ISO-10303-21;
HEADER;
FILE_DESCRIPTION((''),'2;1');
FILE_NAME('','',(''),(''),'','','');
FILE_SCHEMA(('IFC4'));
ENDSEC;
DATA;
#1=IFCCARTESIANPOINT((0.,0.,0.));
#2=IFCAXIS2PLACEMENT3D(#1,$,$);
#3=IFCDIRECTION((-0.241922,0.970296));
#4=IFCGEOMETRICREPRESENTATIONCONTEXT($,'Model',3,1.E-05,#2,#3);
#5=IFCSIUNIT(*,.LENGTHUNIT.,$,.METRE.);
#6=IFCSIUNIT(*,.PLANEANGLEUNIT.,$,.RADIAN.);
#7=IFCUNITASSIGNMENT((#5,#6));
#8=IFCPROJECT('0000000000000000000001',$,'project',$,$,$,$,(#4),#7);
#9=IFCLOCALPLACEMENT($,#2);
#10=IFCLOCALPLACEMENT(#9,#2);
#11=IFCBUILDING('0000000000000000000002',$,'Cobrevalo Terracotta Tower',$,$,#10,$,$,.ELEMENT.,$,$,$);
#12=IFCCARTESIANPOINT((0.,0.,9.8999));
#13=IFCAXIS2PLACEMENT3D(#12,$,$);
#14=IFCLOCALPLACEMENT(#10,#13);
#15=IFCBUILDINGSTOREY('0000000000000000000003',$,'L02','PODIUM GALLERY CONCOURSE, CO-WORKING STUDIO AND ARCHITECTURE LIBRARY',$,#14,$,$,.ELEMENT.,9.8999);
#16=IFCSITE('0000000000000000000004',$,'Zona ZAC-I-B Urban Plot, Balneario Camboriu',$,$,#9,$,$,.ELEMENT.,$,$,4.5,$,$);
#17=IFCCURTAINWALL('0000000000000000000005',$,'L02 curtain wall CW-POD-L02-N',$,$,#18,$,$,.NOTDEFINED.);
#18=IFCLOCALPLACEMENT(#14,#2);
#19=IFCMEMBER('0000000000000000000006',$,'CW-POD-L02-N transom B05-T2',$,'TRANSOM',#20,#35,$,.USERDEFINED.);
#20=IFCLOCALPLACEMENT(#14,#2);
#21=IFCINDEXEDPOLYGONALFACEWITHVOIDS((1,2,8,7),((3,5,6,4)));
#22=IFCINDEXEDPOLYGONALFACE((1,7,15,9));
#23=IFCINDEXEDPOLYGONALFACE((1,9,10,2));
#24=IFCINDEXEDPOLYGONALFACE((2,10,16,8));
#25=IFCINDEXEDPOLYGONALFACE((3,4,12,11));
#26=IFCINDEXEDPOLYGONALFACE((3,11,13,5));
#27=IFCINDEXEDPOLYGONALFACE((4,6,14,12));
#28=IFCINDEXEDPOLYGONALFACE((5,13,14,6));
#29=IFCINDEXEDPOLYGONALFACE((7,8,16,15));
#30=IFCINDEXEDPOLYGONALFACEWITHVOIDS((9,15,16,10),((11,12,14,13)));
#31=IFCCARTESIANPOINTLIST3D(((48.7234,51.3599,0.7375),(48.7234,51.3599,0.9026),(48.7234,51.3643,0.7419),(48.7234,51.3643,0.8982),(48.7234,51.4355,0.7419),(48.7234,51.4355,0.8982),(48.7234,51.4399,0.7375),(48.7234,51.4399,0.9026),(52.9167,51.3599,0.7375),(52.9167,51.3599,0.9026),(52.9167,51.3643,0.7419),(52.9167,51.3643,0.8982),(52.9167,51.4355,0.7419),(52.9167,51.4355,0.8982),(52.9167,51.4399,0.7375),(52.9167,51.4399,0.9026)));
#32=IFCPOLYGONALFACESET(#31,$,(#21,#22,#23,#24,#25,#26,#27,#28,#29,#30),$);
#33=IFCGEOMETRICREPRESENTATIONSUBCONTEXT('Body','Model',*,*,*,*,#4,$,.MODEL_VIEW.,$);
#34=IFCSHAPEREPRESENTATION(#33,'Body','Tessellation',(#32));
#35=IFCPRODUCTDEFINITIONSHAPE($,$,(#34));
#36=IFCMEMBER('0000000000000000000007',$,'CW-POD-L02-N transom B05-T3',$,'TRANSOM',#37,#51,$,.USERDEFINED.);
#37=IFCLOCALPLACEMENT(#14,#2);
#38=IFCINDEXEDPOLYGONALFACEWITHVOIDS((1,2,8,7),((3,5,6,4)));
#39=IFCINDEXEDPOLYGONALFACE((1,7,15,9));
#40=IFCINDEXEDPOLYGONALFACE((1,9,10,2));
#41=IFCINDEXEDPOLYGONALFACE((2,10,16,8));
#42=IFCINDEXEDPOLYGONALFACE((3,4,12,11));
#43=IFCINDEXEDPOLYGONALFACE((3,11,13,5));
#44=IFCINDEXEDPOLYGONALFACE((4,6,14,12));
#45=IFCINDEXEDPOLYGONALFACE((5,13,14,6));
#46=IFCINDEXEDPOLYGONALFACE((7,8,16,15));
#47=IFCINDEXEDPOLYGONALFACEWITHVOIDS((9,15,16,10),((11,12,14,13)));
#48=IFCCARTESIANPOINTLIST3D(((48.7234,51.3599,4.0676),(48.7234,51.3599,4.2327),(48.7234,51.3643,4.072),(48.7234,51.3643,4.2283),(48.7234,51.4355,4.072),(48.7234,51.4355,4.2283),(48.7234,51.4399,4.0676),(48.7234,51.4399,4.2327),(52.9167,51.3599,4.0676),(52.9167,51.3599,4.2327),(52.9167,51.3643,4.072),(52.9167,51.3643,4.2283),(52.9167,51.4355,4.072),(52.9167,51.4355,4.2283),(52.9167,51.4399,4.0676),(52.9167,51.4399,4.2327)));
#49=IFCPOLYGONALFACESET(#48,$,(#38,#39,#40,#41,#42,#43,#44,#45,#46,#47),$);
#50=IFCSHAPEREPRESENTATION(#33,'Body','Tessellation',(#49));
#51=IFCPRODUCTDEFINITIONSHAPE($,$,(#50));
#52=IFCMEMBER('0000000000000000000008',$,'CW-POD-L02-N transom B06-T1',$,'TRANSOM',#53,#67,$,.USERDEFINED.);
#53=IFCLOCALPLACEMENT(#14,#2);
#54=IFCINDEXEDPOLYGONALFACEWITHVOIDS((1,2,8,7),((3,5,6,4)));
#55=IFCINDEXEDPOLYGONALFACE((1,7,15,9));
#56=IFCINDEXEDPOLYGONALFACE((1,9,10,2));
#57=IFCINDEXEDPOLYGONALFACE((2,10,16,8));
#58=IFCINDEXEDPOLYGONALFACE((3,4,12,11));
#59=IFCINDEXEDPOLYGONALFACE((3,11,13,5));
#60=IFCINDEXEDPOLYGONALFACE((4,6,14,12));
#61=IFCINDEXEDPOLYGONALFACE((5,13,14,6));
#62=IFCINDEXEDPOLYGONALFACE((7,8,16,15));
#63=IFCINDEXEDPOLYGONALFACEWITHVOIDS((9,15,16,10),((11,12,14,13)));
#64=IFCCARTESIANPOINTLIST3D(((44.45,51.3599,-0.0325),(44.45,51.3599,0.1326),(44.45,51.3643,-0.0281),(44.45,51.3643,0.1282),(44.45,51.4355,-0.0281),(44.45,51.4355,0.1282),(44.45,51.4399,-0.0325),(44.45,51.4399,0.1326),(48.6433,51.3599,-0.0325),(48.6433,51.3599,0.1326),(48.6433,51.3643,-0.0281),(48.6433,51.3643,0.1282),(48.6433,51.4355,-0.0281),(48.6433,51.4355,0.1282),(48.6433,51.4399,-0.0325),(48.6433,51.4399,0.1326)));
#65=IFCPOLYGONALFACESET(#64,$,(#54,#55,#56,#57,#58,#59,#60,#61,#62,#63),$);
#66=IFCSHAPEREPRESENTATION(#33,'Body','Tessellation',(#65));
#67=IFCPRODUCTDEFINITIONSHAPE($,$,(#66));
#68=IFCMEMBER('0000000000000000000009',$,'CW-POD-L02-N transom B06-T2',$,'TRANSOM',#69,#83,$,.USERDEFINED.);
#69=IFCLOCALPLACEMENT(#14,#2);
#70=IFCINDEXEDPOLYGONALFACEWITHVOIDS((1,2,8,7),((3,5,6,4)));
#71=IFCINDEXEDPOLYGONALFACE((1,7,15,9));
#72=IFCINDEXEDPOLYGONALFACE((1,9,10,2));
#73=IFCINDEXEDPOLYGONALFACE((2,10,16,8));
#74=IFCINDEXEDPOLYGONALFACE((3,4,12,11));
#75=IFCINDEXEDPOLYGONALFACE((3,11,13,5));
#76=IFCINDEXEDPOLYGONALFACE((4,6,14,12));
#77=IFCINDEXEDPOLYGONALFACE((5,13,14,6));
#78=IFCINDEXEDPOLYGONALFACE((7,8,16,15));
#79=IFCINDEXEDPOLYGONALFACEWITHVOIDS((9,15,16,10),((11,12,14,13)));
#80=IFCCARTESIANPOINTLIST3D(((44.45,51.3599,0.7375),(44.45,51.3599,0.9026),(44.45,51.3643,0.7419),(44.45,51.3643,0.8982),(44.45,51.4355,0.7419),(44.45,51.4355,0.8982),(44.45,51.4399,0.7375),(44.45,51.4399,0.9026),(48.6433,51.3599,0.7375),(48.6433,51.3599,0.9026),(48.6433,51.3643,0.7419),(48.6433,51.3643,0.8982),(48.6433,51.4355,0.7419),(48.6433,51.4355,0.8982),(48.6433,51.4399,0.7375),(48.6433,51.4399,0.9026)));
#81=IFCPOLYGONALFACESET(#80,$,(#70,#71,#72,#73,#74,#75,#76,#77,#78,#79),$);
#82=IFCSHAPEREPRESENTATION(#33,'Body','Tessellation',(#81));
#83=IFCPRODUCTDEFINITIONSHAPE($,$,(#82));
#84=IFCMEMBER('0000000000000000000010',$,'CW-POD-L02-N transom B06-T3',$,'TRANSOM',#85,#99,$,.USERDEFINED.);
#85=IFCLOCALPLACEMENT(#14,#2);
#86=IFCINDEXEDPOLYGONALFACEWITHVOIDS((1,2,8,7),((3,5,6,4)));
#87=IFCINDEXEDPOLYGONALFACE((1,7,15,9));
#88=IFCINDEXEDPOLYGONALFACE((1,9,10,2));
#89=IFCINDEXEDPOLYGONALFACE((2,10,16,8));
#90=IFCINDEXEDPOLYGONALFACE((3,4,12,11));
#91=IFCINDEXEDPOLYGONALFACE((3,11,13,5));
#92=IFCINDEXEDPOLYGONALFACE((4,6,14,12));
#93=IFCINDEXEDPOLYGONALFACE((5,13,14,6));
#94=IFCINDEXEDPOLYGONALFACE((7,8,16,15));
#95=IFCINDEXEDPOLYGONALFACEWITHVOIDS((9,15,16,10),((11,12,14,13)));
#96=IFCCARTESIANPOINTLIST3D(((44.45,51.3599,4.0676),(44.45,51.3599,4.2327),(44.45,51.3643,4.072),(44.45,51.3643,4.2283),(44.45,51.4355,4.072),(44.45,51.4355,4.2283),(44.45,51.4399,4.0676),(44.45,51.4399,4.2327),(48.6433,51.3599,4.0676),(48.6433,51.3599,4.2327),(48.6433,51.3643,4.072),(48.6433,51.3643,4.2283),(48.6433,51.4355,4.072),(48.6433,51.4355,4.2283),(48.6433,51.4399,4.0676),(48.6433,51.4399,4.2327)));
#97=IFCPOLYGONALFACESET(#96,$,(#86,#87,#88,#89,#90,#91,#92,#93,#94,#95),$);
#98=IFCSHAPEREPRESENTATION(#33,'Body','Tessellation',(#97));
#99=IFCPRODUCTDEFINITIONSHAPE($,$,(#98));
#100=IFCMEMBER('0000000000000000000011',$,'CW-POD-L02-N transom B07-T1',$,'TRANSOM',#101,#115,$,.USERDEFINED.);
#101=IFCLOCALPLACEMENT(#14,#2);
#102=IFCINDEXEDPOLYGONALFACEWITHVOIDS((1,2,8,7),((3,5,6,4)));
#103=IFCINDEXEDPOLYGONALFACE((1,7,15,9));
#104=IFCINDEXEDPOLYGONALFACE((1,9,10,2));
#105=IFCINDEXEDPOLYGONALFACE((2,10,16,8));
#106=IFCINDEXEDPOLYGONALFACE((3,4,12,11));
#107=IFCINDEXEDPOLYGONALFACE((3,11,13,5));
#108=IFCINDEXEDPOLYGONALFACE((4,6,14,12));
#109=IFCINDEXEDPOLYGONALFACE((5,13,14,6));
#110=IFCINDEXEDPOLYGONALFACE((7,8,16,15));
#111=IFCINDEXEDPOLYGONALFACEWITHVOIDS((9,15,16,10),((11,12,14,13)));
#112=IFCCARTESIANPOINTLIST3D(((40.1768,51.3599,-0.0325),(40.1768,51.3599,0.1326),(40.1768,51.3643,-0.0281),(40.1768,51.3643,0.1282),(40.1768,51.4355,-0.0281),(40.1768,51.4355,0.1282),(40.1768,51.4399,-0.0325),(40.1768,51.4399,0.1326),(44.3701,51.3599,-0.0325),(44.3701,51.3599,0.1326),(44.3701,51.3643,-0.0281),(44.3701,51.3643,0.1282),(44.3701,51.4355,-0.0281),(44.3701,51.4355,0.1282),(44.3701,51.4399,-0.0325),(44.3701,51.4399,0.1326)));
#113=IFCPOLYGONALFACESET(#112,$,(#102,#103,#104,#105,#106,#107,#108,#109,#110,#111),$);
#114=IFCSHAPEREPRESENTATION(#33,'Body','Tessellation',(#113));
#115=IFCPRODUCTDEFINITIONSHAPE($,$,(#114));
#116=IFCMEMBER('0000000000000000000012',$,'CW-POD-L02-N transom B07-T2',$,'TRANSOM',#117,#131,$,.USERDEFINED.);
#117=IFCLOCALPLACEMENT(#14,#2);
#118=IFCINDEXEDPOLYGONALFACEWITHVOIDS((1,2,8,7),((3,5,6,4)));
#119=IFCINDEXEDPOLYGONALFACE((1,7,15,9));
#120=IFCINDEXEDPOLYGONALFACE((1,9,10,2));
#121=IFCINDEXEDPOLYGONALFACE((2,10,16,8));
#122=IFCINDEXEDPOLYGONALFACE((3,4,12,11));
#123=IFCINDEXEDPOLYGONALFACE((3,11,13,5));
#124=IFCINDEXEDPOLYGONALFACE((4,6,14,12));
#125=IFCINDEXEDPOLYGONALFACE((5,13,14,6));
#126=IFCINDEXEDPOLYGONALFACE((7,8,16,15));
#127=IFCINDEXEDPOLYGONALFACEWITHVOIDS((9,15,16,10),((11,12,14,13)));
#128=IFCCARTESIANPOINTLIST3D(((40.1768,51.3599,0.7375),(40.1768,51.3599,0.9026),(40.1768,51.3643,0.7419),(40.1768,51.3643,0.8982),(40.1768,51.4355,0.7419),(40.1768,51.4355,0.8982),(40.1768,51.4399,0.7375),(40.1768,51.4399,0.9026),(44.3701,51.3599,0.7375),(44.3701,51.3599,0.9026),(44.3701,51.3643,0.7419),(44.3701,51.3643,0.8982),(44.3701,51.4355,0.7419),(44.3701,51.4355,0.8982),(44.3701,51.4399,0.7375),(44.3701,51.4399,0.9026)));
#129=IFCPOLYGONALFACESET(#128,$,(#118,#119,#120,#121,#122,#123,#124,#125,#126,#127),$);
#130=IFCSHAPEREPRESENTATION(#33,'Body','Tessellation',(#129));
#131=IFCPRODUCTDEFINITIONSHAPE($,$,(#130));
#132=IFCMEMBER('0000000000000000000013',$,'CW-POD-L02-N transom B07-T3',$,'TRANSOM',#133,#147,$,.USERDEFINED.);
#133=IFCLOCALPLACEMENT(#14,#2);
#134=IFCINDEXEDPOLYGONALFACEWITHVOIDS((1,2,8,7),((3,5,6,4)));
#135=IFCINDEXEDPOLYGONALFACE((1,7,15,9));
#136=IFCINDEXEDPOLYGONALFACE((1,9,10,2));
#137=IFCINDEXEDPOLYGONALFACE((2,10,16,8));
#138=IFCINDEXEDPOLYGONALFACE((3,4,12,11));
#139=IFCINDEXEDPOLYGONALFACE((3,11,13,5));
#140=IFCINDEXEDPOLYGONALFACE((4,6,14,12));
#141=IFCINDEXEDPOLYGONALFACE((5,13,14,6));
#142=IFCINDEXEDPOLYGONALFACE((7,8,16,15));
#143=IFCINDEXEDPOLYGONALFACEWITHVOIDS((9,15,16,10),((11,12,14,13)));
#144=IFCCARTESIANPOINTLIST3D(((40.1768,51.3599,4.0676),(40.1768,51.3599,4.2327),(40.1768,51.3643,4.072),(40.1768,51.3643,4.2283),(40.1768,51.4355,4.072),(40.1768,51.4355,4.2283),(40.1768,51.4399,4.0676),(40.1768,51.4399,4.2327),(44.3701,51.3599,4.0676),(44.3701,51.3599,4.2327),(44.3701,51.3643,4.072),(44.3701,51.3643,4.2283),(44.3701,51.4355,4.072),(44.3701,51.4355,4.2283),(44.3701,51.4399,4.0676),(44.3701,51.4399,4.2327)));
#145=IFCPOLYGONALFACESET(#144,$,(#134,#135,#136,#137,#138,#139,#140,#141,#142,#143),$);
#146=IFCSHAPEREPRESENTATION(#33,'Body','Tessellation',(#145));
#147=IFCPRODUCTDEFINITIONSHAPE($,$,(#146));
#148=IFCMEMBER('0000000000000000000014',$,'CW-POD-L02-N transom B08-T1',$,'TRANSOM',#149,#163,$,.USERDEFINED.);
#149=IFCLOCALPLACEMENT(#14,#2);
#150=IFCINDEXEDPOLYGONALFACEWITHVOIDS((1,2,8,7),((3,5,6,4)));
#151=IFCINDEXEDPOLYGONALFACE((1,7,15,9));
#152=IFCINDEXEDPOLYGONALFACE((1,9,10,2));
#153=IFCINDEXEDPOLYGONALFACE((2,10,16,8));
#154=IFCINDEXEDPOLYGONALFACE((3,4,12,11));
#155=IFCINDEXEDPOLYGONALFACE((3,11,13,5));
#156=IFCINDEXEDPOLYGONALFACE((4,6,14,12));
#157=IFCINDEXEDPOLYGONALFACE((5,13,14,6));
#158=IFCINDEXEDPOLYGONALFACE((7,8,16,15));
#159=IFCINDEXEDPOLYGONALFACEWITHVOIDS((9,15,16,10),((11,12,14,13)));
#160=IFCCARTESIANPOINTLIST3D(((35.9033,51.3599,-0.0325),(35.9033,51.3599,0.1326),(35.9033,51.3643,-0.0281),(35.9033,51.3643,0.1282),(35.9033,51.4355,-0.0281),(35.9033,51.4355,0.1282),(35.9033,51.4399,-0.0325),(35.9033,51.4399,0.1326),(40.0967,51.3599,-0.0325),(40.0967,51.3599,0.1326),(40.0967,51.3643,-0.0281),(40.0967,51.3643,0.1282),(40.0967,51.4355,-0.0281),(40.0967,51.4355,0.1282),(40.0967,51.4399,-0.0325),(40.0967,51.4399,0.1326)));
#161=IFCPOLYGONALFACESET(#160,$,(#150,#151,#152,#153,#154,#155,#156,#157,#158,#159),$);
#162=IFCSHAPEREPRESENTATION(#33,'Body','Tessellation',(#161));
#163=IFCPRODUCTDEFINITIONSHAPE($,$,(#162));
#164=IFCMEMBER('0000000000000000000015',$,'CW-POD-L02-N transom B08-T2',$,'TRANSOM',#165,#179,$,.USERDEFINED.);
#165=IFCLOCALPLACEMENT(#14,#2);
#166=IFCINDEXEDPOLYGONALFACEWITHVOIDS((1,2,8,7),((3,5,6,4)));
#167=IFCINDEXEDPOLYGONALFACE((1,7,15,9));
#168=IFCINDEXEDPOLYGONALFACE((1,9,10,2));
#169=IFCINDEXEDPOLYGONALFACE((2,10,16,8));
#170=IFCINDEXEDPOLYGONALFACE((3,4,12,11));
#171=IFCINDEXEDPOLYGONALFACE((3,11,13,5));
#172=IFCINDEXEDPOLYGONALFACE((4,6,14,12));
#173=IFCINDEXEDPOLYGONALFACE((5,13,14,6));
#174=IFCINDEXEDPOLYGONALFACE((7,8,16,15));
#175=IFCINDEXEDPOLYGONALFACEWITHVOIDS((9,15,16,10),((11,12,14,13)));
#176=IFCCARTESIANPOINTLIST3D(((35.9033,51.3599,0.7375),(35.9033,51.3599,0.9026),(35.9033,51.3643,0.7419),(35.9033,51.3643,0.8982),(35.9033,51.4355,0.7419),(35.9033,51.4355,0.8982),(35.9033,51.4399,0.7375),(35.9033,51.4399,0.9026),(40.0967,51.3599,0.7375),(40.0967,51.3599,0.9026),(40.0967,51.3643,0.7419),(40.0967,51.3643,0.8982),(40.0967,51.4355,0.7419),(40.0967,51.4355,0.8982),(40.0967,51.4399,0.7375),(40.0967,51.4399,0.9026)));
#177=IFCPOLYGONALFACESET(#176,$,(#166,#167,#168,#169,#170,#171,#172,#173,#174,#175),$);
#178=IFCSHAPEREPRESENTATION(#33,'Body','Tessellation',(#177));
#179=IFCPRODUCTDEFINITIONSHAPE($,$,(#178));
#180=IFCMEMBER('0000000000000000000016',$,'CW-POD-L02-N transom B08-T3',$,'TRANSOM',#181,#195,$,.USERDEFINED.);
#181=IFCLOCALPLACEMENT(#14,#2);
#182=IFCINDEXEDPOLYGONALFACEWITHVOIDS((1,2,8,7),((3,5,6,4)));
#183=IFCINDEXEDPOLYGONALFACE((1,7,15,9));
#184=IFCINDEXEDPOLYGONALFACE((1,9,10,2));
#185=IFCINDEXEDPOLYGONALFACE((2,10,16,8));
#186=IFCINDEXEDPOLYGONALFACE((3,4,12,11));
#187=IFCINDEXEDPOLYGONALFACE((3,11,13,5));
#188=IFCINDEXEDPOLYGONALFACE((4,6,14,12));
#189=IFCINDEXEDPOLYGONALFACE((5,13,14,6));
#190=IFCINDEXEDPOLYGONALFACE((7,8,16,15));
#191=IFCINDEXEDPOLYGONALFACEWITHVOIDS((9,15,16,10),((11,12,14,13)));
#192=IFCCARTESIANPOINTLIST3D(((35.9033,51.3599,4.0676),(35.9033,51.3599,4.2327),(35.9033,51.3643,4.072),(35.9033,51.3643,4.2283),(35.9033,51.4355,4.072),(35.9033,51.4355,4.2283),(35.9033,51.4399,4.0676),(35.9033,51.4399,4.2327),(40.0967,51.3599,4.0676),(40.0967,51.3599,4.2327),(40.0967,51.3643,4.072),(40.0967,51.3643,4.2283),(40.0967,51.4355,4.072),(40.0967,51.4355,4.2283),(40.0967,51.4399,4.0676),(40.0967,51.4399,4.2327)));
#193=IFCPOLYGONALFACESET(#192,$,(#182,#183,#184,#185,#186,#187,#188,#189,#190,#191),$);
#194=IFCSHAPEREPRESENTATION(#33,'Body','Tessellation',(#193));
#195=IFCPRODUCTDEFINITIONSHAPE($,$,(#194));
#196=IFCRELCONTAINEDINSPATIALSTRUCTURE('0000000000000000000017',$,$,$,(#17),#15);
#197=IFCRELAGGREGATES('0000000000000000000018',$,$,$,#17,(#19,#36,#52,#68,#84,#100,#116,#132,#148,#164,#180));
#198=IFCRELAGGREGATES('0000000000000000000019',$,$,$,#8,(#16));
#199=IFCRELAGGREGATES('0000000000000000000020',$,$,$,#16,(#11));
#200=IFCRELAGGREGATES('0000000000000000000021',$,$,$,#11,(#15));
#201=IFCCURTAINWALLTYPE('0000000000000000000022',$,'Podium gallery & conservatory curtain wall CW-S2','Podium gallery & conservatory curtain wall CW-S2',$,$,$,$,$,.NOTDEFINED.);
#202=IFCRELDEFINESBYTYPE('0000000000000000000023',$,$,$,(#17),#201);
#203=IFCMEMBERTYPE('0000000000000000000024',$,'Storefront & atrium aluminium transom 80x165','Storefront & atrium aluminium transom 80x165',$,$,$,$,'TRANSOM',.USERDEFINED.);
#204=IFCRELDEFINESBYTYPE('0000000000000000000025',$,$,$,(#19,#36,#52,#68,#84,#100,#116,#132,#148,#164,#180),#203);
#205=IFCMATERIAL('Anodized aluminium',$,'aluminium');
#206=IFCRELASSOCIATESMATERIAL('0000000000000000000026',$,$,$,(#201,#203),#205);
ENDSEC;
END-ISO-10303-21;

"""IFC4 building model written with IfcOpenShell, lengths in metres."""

from ifc_helpers import new_model, si_unit, direction, frame, origin, origin_2d, place, context, subcontext, project, spatial, hollow_rectangle, extrude, source, transform, mapped, material, material_profile, profile_set, type_object, element, aggregate, save


model = new_model("IFC4")

# Units and contexts
model_context = context("Model", 3, precision=1e-05, world=origin(), true_north=direction((-0.241922, 0.970296)))
body_context = subcontext(model_context, "Body", "Model", "MODEL_VIEW")
ifc_project = project(units=[si_unit("LENGTHUNIT", "METRE"), si_unit("PLANEANGLEUNIT", "RADIAN")], contexts=[model_context])

# Site, building, storey
site_placement = place(None, origin())
site = spatial("IfcSite", under=ifc_project, at=site_placement, Name="Zona ZAC-I-B Urban Plot, Balneario Camboriu", CompositionType="ELEMENT", RefElevation=4.5)
building_placement = place(site_placement, origin())
building = spatial("IfcBuilding", under=site, at=building_placement, Name="Cobrevalo Terracotta Tower", CompositionType="ELEMENT")
storey_placement = place(building_placement, frame((0.0, 0.0, 9.8999)))
storey = spatial("IfcBuildingStorey", under=building, at=storey_placement, Name="L02", Description="PODIUM GALLERY CONCOURSE, CO-WORKING STUDIO AND ARCHITECTURE LIBRARY", CompositionType="ELEMENT", Elevation=9.8999)

# Curtain wall, members
ifc_material_1 = material(Name="Anodized aluminium", Category="aluminium")
curtain_wall_type = type_object("IfcCurtainWallType", Name="Podium gallery & conservatory curtain wall CW-S2", Description="Podium gallery & conservatory curtain wall CW-S2", PredefinedType="NOTDEFINED", material=ifc_material_1)
curtain_wall_placement = place(storey_placement, origin())
curtain_wall = element("IfcCurtainWall", 1, at=curtain_wall_placement, inside=storey, type_object=curtain_wall_type, Name="L02 curtain wall CW-POD-L02-N", PredefinedType="NOTDEFINED")
ifc_material_profile_1 = material_profile(ifc_material_1, hollow_rectangle(XDim=0.0801, YDim=0.165, WallThickness=0.0044, at=origin_2d()), Name="CWT 80x165")
ifc_profile_set_1 = profile_set([ifc_material_profile_1], Name="Anodized aluminium")
member_type_1 = type_object("IfcMemberType", Name="Storefront & atrium aluminium transom 80x165", Description="Storefront & atrium aluminium transom 80x165", ElementType="TRANSOM", PredefinedType="USERDEFINED", material=ifc_profile_set_1)
shared_shape_1 = source(origin(), body_context, "Body", "SweptSolid", [
    extrude(hollow_rectangle(XDim=0.0801, YDim=0.165, WallThickness=0.0044, at=origin_2d()), origin(), (0.0, 0.0, 1.0), 4.1934),
])
member_1_placement = place(storey_placement, frame((52.9167, 51.3999, 0.8201), z_axis=(-1.0, 0.0, 0.0), x_axis=(0.0, -1.0, 0.0)))
member_1 = element("IfcMember", 2, at=member_1_placement, type_object=member_type_1, Name="CW-POD-L02-N transom B05-T2", ObjectType="TRANSOM", PredefinedType="USERDEFINED", context=body_context, shape_type="MappedRepresentation", body=[
    mapped(shared_shape_1, transform((0.0, 0.0, 0.0), scale=1.0)),
])
member_2_placement = place(storey_placement, frame((52.9167, 51.3999, 4.1501), z_axis=(-1.0, 0.0, 0.0), x_axis=(0.0, -1.0, 0.0)))
member_2 = element("IfcMember", 3, at=member_2_placement, type_object=member_type_1, Name="CW-POD-L02-N transom B05-T3", ObjectType="TRANSOM", PredefinedType="USERDEFINED", context=body_context, shape_type="MappedRepresentation", body=[
    mapped(shared_shape_1, transform((0.0, 0.0, 0.0), scale=1.0)),
])
member_3_placement = place(storey_placement, frame((48.6433, 51.3999, 0.05), z_axis=(-1.0, 0.0, 0.0), x_axis=(0.0, -1.0, 0.0)))
member_3 = element("IfcMember", 4, at=member_3_placement, type_object=member_type_1, Name="CW-POD-L02-N transom B06-T1", ObjectType="TRANSOM", PredefinedType="USERDEFINED", context=body_context, shape_type="MappedRepresentation", body=[
    mapped(shared_shape_1, transform((0.0, 0.0, 0.0), scale=1.0)),
])
member_4_placement = place(storey_placement, frame((48.6433, 51.3999, 0.8201), z_axis=(-1.0, 0.0, 0.0), x_axis=(0.0, -1.0, 0.0)))
member_4 = element("IfcMember", 5, at=member_4_placement, type_object=member_type_1, Name="CW-POD-L02-N transom B06-T2", ObjectType="TRANSOM", PredefinedType="USERDEFINED", context=body_context, shape_type="MappedRepresentation", body=[
    mapped(shared_shape_1, transform((0.0, 0.0, 0.0), scale=1.0)),
])
member_5_placement = place(storey_placement, frame((48.6433, 51.3999, 4.1501), z_axis=(-1.0, 0.0, 0.0), x_axis=(0.0, -1.0, 0.0)))
member_5 = element("IfcMember", 6, at=member_5_placement, type_object=member_type_1, Name="CW-POD-L02-N transom B06-T3", ObjectType="TRANSOM", PredefinedType="USERDEFINED", context=body_context, shape_type="MappedRepresentation", body=[
    mapped(shared_shape_1, transform((0.0, 0.0, 0.0), scale=1.0)),
])
member_6_placement = place(storey_placement, frame((44.3701, 51.3999, 0.05), z_axis=(-1.0, 0.0, 0.0), x_axis=(0.0, -1.0, 0.0)))
member_6 = element("IfcMember", 7, at=member_6_placement, type_object=member_type_1, Name="CW-POD-L02-N transom B07-T1", ObjectType="TRANSOM", PredefinedType="USERDEFINED", context=body_context, shape_type="MappedRepresentation", body=[
    mapped(shared_shape_1, transform((0.0, 0.0, 0.0), scale=1.0)),
])
member_7_placement = place(storey_placement, frame((44.3701, 51.3999, 0.8201), z_axis=(-1.0, 0.0, 0.0), x_axis=(0.0, -1.0, 0.0)))
member_7 = element("IfcMember", 8, at=member_7_placement, type_object=member_type_1, Name="CW-POD-L02-N transom B07-T2", ObjectType="TRANSOM", PredefinedType="USERDEFINED", context=body_context, shape_type="MappedRepresentation", body=[
    mapped(shared_shape_1, transform((0.0, 0.0, 0.0), scale=1.0)),
])
member_8_placement = place(storey_placement, frame((44.3701, 51.3999, 4.1501), z_axis=(-1.0, 0.0, 0.0), x_axis=(0.0, -1.0, 0.0)))
member_8 = element("IfcMember", 9, at=member_8_placement, type_object=member_type_1, Name="CW-POD-L02-N transom B07-T3", ObjectType="TRANSOM", PredefinedType="USERDEFINED", context=body_context, shape_type="MappedRepresentation", body=[
    mapped(shared_shape_1, transform((0.0, 0.0, 0.0), scale=1.0)),
])
member_9_placement = place(storey_placement, frame((40.0967, 51.3999, 0.05), z_axis=(-1.0, 0.0, 0.0), x_axis=(0.0, -1.0, 0.0)))
member_9 = element("IfcMember", 10, at=member_9_placement, type_object=member_type_1, Name="CW-POD-L02-N transom B08-T1", ObjectType="TRANSOM", PredefinedType="USERDEFINED", context=body_context, shape_type="MappedRepresentation", body=[
    mapped(shared_shape_1, transform((0.0, 0.0, 0.0), scale=1.0)),
])
member_10_placement = place(storey_placement, frame((40.0967, 51.3999, 0.8201), z_axis=(-1.0, 0.0, 0.0), x_axis=(0.0, -1.0, 0.0)))
member_10 = element("IfcMember", 11, at=member_10_placement, type_object=member_type_1, Name="CW-POD-L02-N transom B08-T2", ObjectType="TRANSOM", PredefinedType="USERDEFINED", context=body_context, shape_type="MappedRepresentation", body=[
    mapped(shared_shape_1, transform((0.0, 0.0, 0.0), scale=1.0)),
])
member_11_placement = place(storey_placement, frame((40.0967, 51.3999, 4.1501), z_axis=(-1.0, 0.0, 0.0), x_axis=(0.0, -1.0, 0.0)))
member_11 = element("IfcMember", 12, at=member_11_placement, type_object=member_type_1, Name="CW-POD-L02-N transom B08-T3", ObjectType="TRANSOM", PredefinedType="USERDEFINED", context=body_context, shape_type="MappedRepresentation", body=[
    mapped(shared_shape_1, transform((0.0, 0.0, 0.0), scale=1.0)),
])
aggregate(curtain_wall, [member_1, member_2, member_3, member_4, member_5, member_6, member_7, member_8, member_9, member_10, member_11])

save(model, "model.ifc")
